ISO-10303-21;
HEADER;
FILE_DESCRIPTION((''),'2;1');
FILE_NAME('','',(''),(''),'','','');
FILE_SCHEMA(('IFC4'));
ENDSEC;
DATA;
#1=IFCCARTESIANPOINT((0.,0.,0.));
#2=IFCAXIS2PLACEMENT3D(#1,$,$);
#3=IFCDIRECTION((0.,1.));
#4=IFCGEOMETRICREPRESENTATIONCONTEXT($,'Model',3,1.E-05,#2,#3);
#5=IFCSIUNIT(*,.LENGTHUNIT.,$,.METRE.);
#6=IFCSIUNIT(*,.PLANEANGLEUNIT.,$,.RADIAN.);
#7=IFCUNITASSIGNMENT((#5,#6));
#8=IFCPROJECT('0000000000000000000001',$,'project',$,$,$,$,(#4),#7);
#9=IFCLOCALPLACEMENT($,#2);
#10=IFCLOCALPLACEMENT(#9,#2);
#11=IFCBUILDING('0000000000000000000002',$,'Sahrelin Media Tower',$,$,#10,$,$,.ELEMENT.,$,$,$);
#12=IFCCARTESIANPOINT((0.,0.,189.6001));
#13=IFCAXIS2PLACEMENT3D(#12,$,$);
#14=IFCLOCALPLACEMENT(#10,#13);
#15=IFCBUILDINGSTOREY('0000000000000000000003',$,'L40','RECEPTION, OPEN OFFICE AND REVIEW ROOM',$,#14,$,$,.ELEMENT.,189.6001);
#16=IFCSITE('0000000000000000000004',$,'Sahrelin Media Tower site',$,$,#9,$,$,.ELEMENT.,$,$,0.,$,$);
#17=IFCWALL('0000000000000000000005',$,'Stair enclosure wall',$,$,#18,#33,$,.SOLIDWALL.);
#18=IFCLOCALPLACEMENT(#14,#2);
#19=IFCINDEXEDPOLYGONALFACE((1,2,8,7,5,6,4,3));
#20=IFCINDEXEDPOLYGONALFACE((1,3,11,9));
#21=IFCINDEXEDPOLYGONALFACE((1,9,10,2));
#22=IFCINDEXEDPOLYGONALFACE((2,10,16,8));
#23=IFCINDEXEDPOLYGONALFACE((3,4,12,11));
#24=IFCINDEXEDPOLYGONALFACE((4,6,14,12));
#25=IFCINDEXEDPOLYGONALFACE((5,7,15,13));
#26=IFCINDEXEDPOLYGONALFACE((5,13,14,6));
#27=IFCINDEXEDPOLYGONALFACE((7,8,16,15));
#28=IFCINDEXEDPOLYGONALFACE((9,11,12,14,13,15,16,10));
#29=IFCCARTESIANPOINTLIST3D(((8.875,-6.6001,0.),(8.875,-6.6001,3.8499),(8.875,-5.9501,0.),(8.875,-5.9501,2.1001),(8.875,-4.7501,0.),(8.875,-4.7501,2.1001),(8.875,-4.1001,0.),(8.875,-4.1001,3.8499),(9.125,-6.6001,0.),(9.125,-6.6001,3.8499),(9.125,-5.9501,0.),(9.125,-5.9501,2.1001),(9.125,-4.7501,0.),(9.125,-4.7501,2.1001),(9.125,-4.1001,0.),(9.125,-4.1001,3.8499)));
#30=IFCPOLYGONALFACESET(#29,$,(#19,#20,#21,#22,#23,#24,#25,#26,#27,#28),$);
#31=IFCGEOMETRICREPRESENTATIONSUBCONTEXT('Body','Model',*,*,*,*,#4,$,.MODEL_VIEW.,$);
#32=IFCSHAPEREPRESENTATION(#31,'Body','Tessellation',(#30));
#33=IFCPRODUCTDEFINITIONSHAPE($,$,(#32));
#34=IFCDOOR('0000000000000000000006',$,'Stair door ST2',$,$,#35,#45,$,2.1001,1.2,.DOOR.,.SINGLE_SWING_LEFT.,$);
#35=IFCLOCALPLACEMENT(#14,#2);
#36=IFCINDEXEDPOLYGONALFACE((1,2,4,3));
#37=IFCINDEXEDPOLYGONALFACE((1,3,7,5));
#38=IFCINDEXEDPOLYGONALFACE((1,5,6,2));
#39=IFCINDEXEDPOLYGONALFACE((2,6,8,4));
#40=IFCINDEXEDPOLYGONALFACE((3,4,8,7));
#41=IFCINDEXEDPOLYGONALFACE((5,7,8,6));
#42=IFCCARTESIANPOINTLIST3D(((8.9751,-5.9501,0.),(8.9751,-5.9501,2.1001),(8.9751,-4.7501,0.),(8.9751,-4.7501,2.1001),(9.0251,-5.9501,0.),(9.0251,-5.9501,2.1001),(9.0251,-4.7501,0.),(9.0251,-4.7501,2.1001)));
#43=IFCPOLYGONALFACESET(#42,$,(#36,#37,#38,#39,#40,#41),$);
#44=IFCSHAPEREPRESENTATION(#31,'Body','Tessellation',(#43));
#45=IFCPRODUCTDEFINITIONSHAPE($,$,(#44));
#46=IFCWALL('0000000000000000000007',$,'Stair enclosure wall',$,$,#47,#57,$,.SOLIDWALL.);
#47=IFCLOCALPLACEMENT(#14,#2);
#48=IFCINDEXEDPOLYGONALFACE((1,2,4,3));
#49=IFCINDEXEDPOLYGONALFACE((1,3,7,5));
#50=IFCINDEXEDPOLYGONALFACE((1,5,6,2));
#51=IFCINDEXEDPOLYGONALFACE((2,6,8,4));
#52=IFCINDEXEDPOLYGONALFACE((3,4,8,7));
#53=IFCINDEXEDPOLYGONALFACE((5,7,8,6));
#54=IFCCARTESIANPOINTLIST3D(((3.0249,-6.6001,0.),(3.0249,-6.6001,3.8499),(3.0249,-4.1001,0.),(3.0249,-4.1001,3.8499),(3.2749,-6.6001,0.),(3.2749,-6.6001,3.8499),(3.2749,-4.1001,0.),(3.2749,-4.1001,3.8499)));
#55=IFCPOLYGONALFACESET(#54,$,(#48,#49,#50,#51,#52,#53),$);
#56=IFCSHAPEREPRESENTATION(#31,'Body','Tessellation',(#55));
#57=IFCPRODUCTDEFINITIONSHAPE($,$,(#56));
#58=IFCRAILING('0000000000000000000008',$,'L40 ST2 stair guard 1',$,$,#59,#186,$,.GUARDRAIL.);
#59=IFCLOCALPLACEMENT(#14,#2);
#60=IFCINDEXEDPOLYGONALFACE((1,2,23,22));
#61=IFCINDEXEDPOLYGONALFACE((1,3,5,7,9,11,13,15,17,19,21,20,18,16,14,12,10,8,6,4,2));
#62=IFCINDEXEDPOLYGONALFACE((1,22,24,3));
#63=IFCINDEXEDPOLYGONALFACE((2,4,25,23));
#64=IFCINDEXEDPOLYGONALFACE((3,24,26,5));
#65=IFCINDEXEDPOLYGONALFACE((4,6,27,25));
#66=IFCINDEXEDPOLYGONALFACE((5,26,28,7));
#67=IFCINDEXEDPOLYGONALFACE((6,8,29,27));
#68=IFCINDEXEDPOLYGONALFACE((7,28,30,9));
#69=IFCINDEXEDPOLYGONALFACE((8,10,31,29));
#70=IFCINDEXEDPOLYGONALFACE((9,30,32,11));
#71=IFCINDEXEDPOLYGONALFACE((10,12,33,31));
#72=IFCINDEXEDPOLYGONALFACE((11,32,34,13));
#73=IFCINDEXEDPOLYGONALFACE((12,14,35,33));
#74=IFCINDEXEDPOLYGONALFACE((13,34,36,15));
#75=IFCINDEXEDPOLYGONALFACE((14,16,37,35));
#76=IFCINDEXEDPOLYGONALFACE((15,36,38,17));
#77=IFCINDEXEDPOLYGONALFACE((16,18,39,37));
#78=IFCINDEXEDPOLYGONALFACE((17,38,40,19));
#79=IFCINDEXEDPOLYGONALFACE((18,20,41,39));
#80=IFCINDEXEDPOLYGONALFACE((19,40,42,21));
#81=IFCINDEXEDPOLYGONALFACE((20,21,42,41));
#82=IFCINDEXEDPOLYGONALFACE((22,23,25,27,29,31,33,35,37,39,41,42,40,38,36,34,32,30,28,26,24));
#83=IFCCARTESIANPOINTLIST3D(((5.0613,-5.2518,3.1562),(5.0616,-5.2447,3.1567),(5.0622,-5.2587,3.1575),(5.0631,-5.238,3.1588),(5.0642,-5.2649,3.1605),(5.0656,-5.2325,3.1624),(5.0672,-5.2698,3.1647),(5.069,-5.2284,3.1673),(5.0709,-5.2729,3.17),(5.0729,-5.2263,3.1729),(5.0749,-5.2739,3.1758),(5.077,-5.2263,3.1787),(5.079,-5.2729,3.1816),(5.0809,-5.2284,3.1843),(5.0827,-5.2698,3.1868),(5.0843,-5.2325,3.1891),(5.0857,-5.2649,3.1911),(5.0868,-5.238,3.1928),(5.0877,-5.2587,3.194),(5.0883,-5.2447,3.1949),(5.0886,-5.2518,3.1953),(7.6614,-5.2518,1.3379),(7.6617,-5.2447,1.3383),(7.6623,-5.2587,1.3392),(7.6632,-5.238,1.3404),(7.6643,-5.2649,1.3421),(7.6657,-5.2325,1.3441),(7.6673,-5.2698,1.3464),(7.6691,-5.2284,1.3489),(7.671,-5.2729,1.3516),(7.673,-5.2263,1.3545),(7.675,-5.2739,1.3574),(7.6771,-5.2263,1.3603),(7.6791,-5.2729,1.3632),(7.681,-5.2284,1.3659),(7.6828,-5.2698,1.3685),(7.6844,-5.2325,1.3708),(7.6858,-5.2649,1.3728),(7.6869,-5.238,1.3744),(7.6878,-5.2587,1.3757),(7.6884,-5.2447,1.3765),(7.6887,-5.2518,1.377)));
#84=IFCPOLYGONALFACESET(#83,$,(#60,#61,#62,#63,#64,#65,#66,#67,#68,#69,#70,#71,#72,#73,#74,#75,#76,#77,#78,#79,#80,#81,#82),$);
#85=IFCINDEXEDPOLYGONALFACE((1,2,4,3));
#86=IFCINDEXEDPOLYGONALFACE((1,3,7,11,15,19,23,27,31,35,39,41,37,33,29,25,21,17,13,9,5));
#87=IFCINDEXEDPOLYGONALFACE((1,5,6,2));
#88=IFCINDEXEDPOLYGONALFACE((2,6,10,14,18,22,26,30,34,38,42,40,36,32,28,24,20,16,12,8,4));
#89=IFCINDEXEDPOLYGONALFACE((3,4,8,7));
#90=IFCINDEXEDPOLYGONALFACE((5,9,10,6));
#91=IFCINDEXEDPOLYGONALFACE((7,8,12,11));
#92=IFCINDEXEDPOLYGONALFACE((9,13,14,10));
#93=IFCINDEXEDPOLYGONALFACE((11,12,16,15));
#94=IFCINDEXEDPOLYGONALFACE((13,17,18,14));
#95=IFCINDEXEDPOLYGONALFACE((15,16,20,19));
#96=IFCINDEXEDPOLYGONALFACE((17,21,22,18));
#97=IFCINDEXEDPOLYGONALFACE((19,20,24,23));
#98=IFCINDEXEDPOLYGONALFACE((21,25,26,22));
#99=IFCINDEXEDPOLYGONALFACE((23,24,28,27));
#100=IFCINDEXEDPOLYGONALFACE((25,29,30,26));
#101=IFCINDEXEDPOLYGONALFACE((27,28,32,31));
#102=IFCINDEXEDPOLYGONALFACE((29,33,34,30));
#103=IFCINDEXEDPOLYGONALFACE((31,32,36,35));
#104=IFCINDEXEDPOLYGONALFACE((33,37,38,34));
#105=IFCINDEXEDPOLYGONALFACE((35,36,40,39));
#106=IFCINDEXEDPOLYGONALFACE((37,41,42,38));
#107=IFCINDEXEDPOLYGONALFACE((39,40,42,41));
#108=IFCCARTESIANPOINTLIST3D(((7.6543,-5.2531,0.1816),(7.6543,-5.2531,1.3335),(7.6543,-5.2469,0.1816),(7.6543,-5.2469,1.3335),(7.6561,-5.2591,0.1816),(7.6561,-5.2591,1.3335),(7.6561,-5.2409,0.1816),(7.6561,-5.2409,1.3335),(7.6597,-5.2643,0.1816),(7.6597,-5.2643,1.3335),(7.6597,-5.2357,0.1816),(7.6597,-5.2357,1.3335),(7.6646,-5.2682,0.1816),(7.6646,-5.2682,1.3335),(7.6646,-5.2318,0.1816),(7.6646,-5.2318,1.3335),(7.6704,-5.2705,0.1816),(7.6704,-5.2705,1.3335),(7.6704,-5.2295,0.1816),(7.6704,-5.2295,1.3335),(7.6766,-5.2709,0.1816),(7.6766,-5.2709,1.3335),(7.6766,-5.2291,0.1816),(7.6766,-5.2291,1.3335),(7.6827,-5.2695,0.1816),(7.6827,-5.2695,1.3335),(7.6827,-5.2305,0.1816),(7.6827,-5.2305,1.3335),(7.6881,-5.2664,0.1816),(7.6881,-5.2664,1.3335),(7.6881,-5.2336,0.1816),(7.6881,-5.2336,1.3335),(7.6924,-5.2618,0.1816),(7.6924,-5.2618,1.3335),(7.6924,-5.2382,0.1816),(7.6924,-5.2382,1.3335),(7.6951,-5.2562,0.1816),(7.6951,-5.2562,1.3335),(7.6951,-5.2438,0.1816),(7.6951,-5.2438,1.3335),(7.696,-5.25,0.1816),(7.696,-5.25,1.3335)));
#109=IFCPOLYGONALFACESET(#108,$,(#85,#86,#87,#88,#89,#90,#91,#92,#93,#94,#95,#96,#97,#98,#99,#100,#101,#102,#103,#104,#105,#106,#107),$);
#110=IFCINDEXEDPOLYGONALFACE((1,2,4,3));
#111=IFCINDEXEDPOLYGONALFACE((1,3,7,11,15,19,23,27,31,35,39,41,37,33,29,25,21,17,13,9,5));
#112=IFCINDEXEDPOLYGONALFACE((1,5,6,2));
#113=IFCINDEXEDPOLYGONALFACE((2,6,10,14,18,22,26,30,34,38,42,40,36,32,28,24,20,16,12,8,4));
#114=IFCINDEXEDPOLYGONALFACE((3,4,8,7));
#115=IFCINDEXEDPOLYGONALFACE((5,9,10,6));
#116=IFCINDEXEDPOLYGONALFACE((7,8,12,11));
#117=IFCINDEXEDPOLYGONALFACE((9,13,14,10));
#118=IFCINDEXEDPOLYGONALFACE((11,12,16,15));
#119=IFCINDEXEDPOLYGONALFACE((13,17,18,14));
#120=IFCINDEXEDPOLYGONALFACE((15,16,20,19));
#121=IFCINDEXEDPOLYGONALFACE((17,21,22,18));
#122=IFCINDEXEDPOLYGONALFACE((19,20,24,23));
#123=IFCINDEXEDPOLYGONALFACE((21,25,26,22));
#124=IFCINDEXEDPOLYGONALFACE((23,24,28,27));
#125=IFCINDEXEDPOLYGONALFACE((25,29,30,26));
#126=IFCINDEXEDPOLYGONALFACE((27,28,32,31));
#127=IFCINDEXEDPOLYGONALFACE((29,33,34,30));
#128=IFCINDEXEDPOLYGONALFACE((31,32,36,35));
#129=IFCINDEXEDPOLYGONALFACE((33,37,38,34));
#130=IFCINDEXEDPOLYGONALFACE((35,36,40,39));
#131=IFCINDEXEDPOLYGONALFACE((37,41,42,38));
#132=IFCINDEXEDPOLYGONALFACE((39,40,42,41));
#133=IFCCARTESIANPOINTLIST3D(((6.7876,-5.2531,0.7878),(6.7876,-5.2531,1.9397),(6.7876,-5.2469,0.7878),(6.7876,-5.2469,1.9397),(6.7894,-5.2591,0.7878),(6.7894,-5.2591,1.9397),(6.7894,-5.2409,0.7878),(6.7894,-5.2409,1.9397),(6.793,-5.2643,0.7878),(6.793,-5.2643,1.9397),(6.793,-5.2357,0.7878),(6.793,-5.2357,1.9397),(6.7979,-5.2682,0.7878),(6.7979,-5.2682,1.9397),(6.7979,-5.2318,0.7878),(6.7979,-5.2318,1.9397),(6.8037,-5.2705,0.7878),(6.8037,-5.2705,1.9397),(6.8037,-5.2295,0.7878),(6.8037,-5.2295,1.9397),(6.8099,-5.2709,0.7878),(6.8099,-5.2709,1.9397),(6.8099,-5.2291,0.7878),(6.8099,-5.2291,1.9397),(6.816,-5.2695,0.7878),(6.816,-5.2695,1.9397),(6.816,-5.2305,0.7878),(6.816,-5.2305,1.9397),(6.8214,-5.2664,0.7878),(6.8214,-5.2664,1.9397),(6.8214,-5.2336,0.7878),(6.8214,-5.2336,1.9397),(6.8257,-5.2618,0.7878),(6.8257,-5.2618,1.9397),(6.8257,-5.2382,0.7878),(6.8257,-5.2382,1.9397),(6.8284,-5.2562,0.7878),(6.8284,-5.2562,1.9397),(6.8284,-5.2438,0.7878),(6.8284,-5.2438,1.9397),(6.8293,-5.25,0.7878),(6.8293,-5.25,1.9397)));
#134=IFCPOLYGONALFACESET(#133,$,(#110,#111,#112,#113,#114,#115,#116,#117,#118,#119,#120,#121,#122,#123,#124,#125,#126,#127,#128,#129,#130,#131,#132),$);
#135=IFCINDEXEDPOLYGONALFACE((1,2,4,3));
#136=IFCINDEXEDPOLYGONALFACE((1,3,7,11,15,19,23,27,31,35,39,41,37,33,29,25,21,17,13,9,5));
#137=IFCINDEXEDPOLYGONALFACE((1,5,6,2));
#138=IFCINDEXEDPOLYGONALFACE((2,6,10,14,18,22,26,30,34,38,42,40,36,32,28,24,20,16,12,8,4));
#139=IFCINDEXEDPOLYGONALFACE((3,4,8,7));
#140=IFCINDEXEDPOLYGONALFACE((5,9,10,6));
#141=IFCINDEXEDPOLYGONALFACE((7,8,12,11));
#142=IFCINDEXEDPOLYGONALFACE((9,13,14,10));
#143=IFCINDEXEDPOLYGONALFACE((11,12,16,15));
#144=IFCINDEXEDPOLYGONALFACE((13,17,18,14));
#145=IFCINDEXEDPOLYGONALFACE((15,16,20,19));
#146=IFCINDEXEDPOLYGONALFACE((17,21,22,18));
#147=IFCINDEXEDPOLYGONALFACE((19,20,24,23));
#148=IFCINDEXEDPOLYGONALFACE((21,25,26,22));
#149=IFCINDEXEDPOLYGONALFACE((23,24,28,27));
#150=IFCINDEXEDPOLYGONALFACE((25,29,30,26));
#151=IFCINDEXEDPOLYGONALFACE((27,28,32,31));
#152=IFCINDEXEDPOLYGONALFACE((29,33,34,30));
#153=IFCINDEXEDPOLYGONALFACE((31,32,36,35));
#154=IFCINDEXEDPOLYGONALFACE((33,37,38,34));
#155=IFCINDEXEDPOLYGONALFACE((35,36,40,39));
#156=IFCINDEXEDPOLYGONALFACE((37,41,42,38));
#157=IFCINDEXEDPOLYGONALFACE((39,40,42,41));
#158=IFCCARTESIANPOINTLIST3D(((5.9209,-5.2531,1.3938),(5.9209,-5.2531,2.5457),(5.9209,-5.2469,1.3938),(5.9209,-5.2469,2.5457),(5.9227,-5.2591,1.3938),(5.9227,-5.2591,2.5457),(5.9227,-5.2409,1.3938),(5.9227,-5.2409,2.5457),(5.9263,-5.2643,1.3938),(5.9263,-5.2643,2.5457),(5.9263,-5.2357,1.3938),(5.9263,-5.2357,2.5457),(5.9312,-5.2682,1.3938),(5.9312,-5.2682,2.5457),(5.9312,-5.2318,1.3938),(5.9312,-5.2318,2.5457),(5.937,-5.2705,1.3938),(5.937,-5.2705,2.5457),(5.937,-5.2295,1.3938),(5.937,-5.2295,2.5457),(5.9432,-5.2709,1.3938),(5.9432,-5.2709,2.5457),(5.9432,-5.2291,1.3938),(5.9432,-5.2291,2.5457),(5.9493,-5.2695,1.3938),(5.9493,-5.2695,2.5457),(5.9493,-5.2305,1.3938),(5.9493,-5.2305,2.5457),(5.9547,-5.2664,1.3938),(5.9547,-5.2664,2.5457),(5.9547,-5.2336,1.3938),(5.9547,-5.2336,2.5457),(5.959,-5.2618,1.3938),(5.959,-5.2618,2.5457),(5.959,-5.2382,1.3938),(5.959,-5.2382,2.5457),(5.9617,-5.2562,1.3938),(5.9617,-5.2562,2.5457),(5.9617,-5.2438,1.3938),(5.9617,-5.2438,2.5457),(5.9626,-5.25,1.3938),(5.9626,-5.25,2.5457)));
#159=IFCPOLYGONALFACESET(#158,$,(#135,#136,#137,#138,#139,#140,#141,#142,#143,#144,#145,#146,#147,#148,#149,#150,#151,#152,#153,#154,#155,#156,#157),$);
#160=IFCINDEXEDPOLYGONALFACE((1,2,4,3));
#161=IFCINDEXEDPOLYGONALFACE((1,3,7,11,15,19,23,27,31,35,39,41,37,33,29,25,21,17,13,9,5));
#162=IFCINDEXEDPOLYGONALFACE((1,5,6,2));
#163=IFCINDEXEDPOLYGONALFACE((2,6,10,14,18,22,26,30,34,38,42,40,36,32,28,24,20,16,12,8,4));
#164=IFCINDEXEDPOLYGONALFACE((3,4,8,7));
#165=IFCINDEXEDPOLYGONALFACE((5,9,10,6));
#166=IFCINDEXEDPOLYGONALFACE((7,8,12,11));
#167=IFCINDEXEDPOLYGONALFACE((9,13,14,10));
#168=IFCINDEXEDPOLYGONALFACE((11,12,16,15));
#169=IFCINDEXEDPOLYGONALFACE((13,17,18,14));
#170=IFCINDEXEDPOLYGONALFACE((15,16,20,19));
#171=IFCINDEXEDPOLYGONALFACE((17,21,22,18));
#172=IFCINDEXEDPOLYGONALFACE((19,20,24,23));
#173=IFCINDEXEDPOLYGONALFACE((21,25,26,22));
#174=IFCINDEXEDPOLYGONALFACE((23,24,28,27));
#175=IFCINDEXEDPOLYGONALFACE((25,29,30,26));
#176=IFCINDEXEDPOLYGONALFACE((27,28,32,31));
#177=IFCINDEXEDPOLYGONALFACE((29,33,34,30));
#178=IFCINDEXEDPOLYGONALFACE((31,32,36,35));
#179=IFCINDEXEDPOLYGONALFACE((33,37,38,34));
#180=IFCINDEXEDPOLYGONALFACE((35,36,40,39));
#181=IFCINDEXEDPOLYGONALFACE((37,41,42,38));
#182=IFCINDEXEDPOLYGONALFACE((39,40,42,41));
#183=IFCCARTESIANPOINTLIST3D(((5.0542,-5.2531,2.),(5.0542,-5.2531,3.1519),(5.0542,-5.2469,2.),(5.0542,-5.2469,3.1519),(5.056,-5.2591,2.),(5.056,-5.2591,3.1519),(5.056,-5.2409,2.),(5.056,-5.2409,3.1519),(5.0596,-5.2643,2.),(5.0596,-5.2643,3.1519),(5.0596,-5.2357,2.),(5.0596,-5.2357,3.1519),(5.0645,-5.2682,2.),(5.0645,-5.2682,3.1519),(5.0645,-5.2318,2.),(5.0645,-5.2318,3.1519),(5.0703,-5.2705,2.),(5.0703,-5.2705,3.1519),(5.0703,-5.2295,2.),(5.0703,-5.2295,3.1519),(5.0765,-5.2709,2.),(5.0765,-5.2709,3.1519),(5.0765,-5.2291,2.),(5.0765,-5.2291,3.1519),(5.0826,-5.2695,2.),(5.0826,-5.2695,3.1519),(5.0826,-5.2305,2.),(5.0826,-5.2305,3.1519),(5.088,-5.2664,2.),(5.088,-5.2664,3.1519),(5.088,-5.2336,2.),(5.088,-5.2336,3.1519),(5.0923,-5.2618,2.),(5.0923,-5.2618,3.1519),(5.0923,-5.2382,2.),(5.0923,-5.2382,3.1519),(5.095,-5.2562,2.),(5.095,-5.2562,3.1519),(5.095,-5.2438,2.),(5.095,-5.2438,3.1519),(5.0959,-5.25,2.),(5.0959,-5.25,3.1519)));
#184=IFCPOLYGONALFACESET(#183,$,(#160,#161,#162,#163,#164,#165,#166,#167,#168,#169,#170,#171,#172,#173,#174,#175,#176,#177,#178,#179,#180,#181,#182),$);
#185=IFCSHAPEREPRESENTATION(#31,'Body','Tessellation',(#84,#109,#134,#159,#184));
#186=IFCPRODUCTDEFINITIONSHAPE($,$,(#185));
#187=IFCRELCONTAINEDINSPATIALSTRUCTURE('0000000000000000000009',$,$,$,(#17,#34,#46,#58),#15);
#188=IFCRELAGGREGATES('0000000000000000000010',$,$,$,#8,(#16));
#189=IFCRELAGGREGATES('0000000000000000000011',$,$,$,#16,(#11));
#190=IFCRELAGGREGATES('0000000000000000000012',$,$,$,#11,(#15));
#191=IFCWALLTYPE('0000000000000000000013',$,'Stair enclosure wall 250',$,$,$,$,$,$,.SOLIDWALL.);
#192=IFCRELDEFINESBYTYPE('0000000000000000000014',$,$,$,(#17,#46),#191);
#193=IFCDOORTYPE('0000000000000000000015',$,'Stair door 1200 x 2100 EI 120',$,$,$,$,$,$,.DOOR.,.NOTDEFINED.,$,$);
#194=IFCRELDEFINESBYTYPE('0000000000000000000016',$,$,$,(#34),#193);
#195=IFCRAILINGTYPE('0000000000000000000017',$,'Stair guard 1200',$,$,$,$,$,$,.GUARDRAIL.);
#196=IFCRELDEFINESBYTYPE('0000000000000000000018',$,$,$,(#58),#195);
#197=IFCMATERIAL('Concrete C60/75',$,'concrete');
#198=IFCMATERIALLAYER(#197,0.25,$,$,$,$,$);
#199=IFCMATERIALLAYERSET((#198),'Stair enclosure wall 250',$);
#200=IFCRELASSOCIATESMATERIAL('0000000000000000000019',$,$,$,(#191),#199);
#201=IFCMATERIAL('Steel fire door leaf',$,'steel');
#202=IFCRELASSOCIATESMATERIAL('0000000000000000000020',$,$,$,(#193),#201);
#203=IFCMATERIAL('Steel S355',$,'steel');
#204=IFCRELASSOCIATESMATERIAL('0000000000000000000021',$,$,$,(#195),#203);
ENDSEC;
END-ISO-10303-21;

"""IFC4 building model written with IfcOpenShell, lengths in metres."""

from ifc_helpers import new_model, si_unit, direction, frame, frame_2d, origin, origin_2d, place, context, subcontext, project, spatial, rectangle, circle, extrude, material, layer, layer_set, type_object, element, fill, save


model = new_model("IFC4")

# Units and contexts
model_context = context("Model", 3, precision=1e-05, world=origin(), true_north=direction((0.0, 1.0)))
body_context = subcontext(model_context, "Body", "Model", "MODEL_VIEW")
ifc_project = project(units=[si_unit("LENGTHUNIT", "METRE"), si_unit("PLANEANGLEUNIT", "RADIAN")], contexts=[model_context])

# Site, building, storey
site_placement = place(None, origin())
site = spatial("IfcSite", under=ifc_project, at=site_placement, Name="Sahrelin Media Tower site", CompositionType="ELEMENT", RefElevation=0.0)
building_placement = place(site_placement, origin())
building = spatial("IfcBuilding", under=site, at=building_placement, Name="Sahrelin Media Tower", CompositionType="ELEMENT")
storey_placement = place(building_placement, frame((0.0, 0.0, 189.6001)))
storey = spatial("IfcBuildingStorey", under=building, at=storey_placement, Name="L40", Description="RECEPTION, OPEN OFFICE AND REVIEW ROOM", CompositionType="ELEMENT", Elevation=189.6001)

# Shared definitions
ifc_material_1 = material(Name="Steel S355", Category="steel")

# Shared definitions
ifc_material_2 = material(Name="Concrete C60/75", Category="concrete")

# Shared definitions
ifc_material_3 = material(Name="Steel fire door leaf", Category="steel")

# Wall, opening, door
ifc_layer_1 = layer(ifc_material_2, 0.25)
ifc_layer_set_1 = layer_set([ifc_layer_1], Name="Stair enclosure wall 250")
wall_type_1 = type_object("IfcWallType", Name="Stair enclosure wall 250", PredefinedType="SOLIDWALL", material=ifc_layer_set_1)
wall_1_placement = place(storey_placement, frame((9.0, -6.6001, 0.0), z_axis=(0.0, 0.0, 1.0), x_axis=(0.0, 1.0, 0.0)))
wall_1 = element("IfcWall", 1, at=wall_1_placement, inside=storey, type_object=wall_type_1, Name="Stair enclosure wall", PredefinedType="SOLIDWALL", context=body_context, shape_type="SweptSolid", body=[
    extrude(rectangle(XDim=2.5, YDim=0.25, at=frame_2d((1.25, 0.0))), origin(), (0.0, 0.0, 1.0), 3.8499),
])
opening_1_placement = place(wall_1_placement, frame((0.6499, 0.0, 0.0)))
opening_1 = element("IfcOpeningElement", 2, at=opening_1_placement, cuts=wall_1, PredefinedType="OPENING", context=body_context, shape_type="SweptSolid", body=[
    extrude(rectangle(XDim=1.2, YDim=2.1001, at=frame_2d((0.6001, 1.05))), frame((0.0, 0.125, 0.0), z_axis=(0.0, -1.0, 0.0), x_axis=(1.0, 0.0, 0.0)), (0.0, 0.0, 1.0), 0.25),
])
door_type_1 = type_object("IfcDoorType", Name="Stair door 1200 x 2100 EI 120", OperationType="NOTDEFINED", PredefinedType="DOOR", material=ifc_material_3)
door_1_placement = place(opening_1_placement, origin())
door_1 = element("IfcDoor", 3, at=door_1_placement, inside=storey, type_object=door_type_1, Name="Stair door ST2", OperationType="SINGLE_SWING_LEFT", OverallHeight=2.1001, OverallWidth=1.2, PredefinedType="DOOR", context=body_context, shape_type="SweptSolid", body=[
    extrude(rectangle(XDim=1.2, YDim=2.1001, at=frame_2d((0.6001, 1.05))), frame((0.0, 0.0249, 0.0), z_axis=(0.0, -1.0, 0.0), x_axis=(1.0, 0.0, 0.0)), (0.0, 0.0, 1.0), 0.05),
])
fill(opening_1, door_1)

# Wall
wall_2_placement = place(storey_placement, frame((3.1499, -6.6001, 0.0), z_axis=(0.0, 0.0, 1.0), x_axis=(0.0, 1.0, 0.0)))
element("IfcWall", 4, at=wall_2_placement, inside=storey, type_object=wall_type_1, Name="Stair enclosure wall", PredefinedType="SOLIDWALL", context=body_context, shape_type="SweptSolid", body=[
    extrude(rectangle(XDim=2.5, YDim=0.25, at=frame_2d((1.25, 0.0))), origin(), (0.0, 0.0, 1.0), 3.8499),
])

# Railing
railing_type_1 = type_object("IfcRailingType", Name="Stair guard 1200", PredefinedType="GUARDRAIL", material=ifc_material_1)
railing_1_placement = place(storey_placement, frame((7.675, -5.25, 0.1816)))
element("IfcRailing", 5, at=railing_1_placement, inside=storey, type_object=railing_type_1, Name="L40 ST2 stair guard 1", PredefinedType="GUARDRAIL", context=body_context, shape_type="SweptSolid", body=[
    extrude(circle(Radius=0.0239, at=origin_2d()), frame((0.0, 0.0, 1.1758), z_axis=(-0.819485, 0.0, 0.573101), x_axis=(0.0, -1.0, 0.0)), (0.0, 0.0, 1.0), 3.1729),
    extrude(circle(Radius=0.021, at=origin_2d()), origin(), (0.0, 0.0, 1.0), 1.1519),
    extrude(circle(Radius=0.021, at=origin_2d()), frame((-0.8667, 0.0, 0.6062)), (0.0, 0.0, 1.0), 1.1519),
    extrude(circle(Radius=0.021, at=origin_2d()), frame((-1.7334, 0.0, 1.2122)), (0.0, 0.0, 1.0), 1.1519),
    extrude(circle(Radius=0.021, at=origin_2d()), frame((-2.6001, 0.0, 1.8184)), (0.0, 0.0, 1.0), 1.1519),
])

save(model, "model.ifc")
